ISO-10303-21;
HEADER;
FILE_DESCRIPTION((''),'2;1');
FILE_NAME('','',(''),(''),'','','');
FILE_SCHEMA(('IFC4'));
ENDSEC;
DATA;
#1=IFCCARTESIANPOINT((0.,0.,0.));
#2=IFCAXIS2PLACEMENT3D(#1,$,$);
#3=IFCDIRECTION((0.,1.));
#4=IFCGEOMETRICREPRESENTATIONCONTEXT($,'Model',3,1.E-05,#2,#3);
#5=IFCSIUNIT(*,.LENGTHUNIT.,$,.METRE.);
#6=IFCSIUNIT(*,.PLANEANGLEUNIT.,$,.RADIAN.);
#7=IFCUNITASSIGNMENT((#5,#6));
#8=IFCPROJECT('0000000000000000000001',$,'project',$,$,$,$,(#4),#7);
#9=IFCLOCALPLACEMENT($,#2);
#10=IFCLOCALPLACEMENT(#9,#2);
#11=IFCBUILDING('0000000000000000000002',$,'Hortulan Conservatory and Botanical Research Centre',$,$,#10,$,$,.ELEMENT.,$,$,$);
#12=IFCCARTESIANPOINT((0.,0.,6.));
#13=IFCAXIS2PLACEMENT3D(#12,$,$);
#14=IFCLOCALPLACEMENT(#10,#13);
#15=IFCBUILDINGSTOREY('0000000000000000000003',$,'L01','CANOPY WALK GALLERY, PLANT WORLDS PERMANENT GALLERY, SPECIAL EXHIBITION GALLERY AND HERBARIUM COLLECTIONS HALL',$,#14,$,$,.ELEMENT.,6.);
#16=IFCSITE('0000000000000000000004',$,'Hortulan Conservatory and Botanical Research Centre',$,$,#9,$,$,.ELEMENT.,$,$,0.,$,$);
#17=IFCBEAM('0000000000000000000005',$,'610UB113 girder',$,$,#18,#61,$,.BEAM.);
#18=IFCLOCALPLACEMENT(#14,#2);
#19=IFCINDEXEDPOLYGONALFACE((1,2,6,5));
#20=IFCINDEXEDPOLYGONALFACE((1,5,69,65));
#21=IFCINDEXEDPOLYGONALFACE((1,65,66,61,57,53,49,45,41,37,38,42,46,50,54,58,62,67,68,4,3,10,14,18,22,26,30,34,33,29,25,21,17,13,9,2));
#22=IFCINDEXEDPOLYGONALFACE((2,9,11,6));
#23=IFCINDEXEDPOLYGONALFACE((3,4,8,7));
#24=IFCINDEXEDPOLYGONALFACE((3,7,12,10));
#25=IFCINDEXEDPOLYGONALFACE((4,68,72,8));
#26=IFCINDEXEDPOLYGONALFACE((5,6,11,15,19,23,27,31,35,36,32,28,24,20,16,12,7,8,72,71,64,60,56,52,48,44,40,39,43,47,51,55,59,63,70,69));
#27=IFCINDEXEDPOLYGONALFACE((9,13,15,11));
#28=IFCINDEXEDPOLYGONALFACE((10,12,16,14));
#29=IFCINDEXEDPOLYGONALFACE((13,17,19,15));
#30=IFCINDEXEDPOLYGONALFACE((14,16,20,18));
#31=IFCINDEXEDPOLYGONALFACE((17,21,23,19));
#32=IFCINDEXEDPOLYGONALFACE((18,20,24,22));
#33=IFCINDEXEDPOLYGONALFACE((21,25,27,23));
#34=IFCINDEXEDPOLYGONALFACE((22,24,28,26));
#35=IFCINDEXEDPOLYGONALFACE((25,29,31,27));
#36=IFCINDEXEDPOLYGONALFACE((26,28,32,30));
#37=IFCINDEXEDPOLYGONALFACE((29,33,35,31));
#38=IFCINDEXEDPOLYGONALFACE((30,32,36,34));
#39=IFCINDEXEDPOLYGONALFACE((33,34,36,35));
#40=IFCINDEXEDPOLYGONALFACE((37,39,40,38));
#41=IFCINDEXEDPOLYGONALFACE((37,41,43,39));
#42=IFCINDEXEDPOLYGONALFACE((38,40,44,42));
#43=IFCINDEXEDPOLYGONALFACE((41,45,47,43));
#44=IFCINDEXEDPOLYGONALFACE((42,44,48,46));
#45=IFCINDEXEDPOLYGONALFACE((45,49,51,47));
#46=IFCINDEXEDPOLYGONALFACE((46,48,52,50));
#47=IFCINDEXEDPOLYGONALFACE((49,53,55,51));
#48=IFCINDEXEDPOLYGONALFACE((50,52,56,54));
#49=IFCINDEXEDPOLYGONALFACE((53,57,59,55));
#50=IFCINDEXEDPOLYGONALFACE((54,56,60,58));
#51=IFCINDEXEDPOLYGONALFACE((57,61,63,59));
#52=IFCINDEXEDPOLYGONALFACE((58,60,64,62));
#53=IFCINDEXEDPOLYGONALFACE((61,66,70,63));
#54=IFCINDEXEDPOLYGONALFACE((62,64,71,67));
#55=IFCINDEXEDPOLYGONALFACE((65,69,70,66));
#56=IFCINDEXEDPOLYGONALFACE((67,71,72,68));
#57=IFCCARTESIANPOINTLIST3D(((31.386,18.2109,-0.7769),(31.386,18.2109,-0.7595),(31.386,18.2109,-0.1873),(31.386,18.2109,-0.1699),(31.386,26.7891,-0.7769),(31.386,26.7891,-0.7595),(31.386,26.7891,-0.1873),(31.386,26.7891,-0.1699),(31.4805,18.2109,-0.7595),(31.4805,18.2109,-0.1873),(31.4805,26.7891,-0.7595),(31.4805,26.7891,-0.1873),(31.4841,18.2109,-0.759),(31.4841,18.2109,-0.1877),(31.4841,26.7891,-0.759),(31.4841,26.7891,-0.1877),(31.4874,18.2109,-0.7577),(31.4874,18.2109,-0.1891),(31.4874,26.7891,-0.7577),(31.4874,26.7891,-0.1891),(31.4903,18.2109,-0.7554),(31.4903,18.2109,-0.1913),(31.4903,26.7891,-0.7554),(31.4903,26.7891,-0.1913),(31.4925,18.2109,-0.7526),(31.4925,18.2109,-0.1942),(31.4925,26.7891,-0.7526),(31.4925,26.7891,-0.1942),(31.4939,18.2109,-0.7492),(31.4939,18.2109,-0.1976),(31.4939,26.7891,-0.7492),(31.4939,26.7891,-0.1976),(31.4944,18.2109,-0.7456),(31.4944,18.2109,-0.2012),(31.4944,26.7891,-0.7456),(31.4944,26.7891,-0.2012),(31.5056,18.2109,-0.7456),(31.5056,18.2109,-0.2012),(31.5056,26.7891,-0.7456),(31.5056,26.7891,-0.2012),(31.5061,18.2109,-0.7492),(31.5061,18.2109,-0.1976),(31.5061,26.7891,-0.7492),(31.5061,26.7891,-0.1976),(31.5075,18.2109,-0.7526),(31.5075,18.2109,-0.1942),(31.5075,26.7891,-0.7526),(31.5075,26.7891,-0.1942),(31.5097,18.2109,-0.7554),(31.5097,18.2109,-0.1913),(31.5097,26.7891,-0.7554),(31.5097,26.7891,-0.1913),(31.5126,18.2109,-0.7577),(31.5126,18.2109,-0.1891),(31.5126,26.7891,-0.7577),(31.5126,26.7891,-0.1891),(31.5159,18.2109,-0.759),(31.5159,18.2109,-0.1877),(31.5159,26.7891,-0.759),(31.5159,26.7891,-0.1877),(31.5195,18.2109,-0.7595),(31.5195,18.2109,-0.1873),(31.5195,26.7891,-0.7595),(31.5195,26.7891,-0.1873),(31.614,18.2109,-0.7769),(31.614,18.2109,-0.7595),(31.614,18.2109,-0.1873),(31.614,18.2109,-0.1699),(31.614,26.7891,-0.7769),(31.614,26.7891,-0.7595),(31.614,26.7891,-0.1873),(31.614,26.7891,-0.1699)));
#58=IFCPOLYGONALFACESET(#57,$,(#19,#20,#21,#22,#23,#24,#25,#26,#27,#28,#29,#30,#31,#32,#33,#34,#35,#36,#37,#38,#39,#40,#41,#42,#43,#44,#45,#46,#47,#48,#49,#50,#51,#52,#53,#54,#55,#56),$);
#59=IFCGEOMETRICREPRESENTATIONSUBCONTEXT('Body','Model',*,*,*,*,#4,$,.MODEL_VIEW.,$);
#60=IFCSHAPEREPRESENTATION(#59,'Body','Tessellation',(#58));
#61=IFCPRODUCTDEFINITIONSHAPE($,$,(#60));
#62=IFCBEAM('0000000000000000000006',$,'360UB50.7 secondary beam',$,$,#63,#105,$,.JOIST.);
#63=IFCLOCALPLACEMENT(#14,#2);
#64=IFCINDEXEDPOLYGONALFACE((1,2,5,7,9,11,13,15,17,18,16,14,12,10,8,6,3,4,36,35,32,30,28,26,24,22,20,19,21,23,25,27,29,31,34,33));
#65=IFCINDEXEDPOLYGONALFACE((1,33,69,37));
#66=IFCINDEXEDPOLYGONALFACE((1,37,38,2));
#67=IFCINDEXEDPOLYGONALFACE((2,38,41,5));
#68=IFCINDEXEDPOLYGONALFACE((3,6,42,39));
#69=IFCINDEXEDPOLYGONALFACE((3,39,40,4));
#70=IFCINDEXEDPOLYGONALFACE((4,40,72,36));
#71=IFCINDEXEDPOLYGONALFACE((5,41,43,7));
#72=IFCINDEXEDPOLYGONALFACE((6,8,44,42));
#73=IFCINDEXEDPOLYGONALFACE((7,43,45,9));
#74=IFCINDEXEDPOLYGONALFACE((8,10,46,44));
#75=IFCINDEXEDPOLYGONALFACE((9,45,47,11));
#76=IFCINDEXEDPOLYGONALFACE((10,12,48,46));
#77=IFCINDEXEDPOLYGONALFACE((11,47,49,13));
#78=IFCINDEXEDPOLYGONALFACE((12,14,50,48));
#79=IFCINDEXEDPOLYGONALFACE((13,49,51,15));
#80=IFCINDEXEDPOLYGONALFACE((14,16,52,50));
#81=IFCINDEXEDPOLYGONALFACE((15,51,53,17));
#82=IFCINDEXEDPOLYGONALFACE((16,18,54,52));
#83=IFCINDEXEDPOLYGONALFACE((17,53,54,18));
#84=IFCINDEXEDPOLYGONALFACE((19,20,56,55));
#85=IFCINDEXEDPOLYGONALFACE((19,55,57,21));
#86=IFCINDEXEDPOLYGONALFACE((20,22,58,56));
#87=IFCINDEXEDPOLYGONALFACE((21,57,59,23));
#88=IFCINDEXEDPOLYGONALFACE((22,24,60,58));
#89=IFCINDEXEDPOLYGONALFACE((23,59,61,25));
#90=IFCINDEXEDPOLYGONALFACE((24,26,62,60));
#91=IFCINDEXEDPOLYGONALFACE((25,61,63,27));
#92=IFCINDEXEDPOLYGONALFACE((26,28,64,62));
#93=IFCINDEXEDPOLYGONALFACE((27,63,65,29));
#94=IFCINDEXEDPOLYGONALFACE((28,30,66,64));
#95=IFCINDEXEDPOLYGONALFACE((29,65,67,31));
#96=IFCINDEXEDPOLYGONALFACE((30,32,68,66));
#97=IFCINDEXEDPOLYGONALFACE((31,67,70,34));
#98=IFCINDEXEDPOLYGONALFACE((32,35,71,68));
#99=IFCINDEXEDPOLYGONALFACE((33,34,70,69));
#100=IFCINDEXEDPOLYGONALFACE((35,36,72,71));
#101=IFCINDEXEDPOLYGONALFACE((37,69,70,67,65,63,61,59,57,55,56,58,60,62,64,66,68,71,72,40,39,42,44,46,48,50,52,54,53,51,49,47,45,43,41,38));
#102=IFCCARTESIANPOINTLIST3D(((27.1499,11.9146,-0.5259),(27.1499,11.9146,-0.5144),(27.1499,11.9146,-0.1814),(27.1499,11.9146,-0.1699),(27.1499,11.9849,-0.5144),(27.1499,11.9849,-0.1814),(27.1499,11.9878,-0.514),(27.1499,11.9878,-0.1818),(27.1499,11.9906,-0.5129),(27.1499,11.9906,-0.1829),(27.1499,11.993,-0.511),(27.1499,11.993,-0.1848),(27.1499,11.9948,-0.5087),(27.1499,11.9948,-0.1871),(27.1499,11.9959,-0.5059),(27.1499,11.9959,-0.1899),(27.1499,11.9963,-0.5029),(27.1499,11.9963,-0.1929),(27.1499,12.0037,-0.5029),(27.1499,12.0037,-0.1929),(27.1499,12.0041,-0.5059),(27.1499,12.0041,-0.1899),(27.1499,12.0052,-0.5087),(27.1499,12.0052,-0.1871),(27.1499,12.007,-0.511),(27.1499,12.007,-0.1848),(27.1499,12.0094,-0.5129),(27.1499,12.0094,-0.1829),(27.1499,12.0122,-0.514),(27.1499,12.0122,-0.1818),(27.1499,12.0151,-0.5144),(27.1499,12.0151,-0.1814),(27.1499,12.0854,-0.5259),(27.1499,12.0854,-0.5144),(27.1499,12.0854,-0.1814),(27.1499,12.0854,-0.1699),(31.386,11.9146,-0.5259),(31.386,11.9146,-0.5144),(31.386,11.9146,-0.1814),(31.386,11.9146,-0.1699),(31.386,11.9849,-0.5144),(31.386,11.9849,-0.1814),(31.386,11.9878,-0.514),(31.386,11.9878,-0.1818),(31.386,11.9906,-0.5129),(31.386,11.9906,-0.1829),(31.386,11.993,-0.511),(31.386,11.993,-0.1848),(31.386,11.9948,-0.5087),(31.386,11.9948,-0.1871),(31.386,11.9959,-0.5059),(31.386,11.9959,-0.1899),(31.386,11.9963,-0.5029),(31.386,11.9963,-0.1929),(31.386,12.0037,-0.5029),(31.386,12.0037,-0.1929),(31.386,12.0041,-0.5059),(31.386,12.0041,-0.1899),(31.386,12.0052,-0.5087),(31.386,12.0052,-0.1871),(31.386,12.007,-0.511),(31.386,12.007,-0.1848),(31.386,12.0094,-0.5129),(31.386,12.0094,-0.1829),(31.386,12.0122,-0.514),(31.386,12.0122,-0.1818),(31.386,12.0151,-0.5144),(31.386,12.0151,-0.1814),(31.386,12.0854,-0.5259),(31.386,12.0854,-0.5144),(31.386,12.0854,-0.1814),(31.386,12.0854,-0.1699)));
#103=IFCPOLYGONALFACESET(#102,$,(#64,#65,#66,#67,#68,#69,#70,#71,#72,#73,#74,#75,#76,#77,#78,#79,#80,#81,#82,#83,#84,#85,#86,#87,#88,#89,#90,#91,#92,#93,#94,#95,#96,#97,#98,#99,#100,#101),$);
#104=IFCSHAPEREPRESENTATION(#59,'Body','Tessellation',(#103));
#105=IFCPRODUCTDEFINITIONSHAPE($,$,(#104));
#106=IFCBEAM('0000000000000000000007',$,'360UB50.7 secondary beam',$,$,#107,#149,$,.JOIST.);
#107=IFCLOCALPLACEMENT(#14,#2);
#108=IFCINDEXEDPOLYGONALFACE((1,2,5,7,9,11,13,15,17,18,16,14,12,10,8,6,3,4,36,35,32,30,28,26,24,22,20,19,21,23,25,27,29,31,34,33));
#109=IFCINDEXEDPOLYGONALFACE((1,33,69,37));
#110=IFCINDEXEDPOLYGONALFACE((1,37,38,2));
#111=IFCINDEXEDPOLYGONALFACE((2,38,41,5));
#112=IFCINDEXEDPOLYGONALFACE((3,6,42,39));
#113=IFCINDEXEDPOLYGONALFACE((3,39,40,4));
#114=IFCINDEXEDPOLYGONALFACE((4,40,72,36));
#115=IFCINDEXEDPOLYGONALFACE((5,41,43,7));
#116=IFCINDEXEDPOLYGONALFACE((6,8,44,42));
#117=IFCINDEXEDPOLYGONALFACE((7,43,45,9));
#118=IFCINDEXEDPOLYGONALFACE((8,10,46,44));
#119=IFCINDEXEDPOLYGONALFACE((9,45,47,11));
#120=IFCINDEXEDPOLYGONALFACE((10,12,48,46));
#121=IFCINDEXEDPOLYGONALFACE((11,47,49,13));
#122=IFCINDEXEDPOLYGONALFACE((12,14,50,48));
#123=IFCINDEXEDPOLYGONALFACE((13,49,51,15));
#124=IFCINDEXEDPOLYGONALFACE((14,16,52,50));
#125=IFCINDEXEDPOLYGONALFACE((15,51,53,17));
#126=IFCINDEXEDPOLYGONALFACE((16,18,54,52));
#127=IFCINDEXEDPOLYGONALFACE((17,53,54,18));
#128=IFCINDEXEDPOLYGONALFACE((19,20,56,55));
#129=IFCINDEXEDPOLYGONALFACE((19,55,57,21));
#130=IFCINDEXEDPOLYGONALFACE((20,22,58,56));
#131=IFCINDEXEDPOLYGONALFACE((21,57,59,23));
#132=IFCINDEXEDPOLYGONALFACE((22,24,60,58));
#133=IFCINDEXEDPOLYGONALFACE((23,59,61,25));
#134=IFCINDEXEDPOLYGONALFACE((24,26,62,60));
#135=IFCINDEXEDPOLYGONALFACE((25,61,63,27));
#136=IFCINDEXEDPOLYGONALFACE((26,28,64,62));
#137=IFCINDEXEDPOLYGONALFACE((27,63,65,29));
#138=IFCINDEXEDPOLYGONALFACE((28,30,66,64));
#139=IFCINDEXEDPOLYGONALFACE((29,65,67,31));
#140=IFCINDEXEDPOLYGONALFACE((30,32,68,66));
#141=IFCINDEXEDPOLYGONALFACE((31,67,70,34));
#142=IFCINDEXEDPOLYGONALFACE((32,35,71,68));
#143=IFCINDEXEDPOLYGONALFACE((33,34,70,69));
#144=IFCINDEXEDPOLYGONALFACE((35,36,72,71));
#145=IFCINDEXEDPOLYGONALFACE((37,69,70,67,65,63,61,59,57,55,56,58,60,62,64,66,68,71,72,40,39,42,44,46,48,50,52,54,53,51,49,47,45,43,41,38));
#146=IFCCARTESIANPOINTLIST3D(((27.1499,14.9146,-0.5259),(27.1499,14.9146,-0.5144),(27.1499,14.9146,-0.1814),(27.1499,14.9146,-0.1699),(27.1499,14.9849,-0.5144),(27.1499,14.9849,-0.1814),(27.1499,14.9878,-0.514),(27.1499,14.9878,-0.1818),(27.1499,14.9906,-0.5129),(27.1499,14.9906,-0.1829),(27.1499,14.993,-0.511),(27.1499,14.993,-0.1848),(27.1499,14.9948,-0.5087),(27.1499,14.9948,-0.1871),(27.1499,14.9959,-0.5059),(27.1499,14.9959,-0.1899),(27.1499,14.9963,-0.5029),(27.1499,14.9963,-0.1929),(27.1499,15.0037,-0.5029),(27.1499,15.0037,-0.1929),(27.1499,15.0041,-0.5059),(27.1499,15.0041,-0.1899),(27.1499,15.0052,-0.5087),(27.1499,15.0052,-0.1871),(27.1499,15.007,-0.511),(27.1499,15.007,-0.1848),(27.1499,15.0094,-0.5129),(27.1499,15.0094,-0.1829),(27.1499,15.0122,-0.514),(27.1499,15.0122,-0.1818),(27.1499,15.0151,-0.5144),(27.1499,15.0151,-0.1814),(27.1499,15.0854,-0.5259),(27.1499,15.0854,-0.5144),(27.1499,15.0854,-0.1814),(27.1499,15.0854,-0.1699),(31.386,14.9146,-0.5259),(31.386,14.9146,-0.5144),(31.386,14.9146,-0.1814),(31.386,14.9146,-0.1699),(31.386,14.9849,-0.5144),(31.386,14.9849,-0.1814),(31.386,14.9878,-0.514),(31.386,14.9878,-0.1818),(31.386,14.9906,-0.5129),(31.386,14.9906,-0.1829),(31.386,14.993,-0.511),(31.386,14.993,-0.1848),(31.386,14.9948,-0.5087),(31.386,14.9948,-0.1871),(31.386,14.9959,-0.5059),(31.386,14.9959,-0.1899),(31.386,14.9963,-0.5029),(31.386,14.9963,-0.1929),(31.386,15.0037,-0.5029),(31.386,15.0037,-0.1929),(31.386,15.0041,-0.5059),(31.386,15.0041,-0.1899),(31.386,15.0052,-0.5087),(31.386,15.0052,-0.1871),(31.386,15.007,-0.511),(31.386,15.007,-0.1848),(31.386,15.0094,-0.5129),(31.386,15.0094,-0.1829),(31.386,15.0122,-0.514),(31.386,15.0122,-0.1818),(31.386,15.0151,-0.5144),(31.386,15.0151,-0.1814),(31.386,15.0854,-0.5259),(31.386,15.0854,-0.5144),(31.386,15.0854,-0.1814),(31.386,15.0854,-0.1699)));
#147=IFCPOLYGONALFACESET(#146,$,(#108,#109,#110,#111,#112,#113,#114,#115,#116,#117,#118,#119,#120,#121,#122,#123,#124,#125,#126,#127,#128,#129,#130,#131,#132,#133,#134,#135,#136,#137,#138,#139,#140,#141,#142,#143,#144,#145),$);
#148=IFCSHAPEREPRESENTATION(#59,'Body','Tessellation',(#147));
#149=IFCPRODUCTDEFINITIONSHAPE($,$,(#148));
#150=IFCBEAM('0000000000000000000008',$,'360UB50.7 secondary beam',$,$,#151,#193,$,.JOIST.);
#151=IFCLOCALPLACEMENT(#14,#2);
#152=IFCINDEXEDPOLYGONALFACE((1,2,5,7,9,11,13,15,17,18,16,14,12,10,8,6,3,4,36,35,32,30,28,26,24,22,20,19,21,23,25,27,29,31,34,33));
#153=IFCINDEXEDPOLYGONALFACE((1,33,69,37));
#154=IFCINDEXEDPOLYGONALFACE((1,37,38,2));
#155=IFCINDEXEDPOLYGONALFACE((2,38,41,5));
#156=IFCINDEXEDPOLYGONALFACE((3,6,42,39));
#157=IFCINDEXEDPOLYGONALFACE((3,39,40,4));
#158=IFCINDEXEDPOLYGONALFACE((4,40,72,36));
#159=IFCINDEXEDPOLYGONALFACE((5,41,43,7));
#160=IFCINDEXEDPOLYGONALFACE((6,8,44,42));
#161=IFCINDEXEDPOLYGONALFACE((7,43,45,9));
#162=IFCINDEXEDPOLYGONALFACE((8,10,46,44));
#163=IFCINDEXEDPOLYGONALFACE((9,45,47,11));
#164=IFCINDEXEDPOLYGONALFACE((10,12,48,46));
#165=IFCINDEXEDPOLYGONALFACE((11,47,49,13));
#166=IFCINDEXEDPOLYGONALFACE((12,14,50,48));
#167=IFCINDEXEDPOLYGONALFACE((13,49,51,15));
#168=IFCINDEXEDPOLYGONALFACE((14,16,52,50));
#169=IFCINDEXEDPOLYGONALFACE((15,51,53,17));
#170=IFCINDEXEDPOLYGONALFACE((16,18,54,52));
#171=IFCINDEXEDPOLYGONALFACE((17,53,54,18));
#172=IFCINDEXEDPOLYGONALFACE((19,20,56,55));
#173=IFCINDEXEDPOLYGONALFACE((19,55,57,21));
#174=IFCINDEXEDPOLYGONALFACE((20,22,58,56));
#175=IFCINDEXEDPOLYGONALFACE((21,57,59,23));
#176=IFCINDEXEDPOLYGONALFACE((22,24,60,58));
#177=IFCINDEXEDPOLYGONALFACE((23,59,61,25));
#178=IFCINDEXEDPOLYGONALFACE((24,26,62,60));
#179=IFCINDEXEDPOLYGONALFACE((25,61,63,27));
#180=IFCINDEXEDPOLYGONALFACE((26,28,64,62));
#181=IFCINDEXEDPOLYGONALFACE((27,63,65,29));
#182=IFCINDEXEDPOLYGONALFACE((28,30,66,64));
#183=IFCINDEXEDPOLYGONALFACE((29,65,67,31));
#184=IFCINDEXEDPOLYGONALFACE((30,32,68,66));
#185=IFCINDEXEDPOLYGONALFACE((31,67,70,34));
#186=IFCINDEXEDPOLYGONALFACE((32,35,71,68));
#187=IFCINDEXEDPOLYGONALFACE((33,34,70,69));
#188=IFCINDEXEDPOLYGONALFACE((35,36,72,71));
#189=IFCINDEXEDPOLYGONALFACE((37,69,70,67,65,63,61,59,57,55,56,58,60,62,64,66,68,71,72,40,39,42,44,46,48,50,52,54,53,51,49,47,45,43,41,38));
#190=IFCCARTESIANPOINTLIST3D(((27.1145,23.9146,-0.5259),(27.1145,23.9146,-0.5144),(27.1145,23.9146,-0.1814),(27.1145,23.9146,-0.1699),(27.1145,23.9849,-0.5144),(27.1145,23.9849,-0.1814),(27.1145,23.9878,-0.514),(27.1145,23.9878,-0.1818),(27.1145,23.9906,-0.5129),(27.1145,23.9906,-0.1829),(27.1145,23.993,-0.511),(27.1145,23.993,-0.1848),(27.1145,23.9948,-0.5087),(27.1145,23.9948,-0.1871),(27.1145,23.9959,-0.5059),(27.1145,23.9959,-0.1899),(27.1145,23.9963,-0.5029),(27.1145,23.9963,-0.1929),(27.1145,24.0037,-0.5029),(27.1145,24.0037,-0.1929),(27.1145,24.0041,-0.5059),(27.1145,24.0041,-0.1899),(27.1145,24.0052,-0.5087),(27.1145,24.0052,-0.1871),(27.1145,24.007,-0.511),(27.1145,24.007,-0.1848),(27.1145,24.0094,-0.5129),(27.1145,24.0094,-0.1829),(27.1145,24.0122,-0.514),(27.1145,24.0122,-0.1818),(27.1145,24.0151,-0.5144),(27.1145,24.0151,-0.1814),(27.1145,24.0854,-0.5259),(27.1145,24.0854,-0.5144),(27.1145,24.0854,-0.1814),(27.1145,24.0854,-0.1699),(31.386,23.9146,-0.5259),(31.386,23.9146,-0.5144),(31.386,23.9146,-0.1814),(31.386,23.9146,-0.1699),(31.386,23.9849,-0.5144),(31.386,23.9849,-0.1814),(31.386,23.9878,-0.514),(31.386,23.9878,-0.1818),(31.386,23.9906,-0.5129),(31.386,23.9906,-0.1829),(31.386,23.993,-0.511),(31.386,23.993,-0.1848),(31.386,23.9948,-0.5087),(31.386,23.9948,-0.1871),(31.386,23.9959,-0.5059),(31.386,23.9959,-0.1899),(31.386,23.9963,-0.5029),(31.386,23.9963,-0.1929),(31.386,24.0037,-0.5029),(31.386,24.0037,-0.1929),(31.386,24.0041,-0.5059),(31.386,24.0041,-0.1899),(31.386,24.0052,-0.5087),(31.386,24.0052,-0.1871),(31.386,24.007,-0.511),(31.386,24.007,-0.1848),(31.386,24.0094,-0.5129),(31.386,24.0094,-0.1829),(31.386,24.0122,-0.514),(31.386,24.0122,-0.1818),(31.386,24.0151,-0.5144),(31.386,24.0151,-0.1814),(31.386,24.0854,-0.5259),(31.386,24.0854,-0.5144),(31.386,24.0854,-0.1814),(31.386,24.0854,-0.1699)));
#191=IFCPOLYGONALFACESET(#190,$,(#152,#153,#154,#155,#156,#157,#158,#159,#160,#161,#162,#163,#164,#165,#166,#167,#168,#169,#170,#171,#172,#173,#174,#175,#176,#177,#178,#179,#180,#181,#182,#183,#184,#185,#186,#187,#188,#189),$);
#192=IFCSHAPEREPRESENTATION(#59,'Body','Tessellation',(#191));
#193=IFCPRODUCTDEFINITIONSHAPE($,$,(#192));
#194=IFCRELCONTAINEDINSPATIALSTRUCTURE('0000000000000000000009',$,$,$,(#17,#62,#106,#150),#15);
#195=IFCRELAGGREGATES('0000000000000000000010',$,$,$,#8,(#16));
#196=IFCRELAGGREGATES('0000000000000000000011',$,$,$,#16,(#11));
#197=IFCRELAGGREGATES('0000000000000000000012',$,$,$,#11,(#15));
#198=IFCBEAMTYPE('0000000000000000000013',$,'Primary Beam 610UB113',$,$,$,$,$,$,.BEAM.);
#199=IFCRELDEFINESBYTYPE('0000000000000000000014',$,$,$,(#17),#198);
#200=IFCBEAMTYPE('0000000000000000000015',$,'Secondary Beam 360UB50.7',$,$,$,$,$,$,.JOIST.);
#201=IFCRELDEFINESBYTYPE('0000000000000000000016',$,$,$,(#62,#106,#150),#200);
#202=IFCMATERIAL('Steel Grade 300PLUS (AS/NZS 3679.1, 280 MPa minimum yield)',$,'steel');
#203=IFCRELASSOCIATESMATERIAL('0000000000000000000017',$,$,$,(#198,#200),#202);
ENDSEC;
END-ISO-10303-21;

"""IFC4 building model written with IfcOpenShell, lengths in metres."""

from ifc_helpers import new_model, si_unit, direction, frame, origin, origin_2d, place, context, subcontext, project, spatial, i_section, extrude, material, material_profile, profile_set, type_object, element, save


model = new_model("IFC4")

# Units and contexts
model_context = context("Model", 3, precision=1e-05, world=origin(), true_north=direction((0.0, 1.0)))
body_context = subcontext(model_context, "Body", "Model", "MODEL_VIEW")
ifc_project = project(units=[si_unit("LENGTHUNIT", "METRE"), si_unit("PLANEANGLEUNIT", "RADIAN")], contexts=[model_context])

# Site, building, storey
site_placement = place(None, origin())
site = spatial("IfcSite", under=ifc_project, at=site_placement, Name="Hortulan Conservatory and Botanical Research Centre", CompositionType="ELEMENT", RefElevation=0.0)
building_placement = place(site_placement, origin())
building = spatial("IfcBuilding", under=site, at=building_placement, Name="Hortulan Conservatory and Botanical Research Centre", CompositionType="ELEMENT")
storey_placement = place(building_placement, frame((0.0, 0.0, 6.0)))
storey = spatial("IfcBuildingStorey", under=building, at=storey_placement, Name="L01", Description="CANOPY WALK GALLERY, PLANT WORLDS PERMANENT GALLERY, SPECIAL EXHIBITION GALLERY AND HERBARIUM COLLECTIONS HALL", CompositionType="ELEMENT", Elevation=6.0)

# Beams
ifc_material_1 = material(Name="Steel Grade 300PLUS (AS/NZS 3679.1, 280 MPa minimum yield)", Category="steel")
ifc_material_profile_1 = material_profile(ifc_material_1, i_section(OverallWidth=0.228, OverallDepth=0.6069, WebThickness=0.0112, FlangeThickness=0.0173, FilletRadius=0.0139, at=origin_2d()), Name="610UB113")
ifc_profile_set_1 = profile_set([ifc_material_profile_1], Name="Steel Grade 300PLUS (AS/NZS 3679.1, 280 MPa minimum yield)")
beam_type_1 = type_object("IfcBeamType", Name="Primary Beam 610UB113", PredefinedType="BEAM", material=ifc_profile_set_1)
for number, where, z_axis, x_axis, name in (
    (1, (31.5, 18.2109, -0.4734), (0.0, 1.0, 0.0), (-1.0, 0.0, 0.0), "610UB113 girder"),
):
    element("IfcBeam", number, at=place(storey_placement, frame(where, z_axis=z_axis, x_axis=x_axis)), inside=storey, type_object=beam_type_1, Name=name, PredefinedType="BEAM", context=body_context, shape_type="SweptSolid", body=[
        extrude(i_section(OverallWidth=0.228, OverallDepth=0.6069, WebThickness=0.0112, FlangeThickness=0.0173, FilletRadius=0.0139, at=origin_2d()), origin(), (0.0, 0.0, 1.0), 8.5781),
    ])
ifc_material_profile_2 = material_profile(ifc_material_1, i_section(OverallWidth=0.1709, OverallDepth=0.356, WebThickness=0.0073, FlangeThickness=0.0115, FilletRadius=0.0115, at=origin_2d()), Name="360UB50.7")
ifc_profile_set_2 = profile_set([ifc_material_profile_2], Name="Steel Grade 300PLUS (AS/NZS 3679.1, 280 MPa minimum yield)")
beam_type_2 = type_object("IfcBeamType", Name="Secondary Beam 360UB50.7", PredefinedType="JOIST", material=ifc_profile_set_2)
for number, where, z_axis, x_axis, name in (
    (2, (27.1499, 12.0, -0.3479), (1.0, 0.0, 0.0), (0.0, 1.0, 0.0), "360UB50.7 secondary beam"),
    (3, (27.1499, 15.0, -0.3479), (1.0, 0.0, 0.0), (0.0, 1.0, 0.0), "360UB50.7 secondary beam"),
):
    element("IfcBeam", number, at=place(storey_placement, frame(where, z_axis=z_axis, x_axis=x_axis)), inside=storey, type_object=beam_type_2, Name=name, PredefinedType="JOIST", context=body_context, shape_type="SweptSolid", body=[
        extrude(i_section(OverallWidth=0.1709, OverallDepth=0.356, WebThickness=0.0073, FlangeThickness=0.0115, FilletRadius=0.0115, at=origin_2d()), origin(), (0.0, 0.0, 1.0), 4.2361),
    ])
beam_1_placement = place(storey_placement, frame((27.1145, 24.0, -0.3479), z_axis=(1.0, 0.0, 0.0), x_axis=(0.0, 1.0, 0.0)))
element("IfcBeam", 4, at=beam_1_placement, inside=storey, type_object=beam_type_2, Name="360UB50.7 secondary beam", PredefinedType="JOIST", context=body_context, shape_type="SweptSolid", body=[
    extrude(i_section(OverallWidth=0.1709, OverallDepth=0.356, WebThickness=0.0073, FlangeThickness=0.0115, FilletRadius=0.0115, at=origin_2d()), origin(), (0.0, 0.0, 1.0), 4.2715),
])

save(model, "model.ifc")
